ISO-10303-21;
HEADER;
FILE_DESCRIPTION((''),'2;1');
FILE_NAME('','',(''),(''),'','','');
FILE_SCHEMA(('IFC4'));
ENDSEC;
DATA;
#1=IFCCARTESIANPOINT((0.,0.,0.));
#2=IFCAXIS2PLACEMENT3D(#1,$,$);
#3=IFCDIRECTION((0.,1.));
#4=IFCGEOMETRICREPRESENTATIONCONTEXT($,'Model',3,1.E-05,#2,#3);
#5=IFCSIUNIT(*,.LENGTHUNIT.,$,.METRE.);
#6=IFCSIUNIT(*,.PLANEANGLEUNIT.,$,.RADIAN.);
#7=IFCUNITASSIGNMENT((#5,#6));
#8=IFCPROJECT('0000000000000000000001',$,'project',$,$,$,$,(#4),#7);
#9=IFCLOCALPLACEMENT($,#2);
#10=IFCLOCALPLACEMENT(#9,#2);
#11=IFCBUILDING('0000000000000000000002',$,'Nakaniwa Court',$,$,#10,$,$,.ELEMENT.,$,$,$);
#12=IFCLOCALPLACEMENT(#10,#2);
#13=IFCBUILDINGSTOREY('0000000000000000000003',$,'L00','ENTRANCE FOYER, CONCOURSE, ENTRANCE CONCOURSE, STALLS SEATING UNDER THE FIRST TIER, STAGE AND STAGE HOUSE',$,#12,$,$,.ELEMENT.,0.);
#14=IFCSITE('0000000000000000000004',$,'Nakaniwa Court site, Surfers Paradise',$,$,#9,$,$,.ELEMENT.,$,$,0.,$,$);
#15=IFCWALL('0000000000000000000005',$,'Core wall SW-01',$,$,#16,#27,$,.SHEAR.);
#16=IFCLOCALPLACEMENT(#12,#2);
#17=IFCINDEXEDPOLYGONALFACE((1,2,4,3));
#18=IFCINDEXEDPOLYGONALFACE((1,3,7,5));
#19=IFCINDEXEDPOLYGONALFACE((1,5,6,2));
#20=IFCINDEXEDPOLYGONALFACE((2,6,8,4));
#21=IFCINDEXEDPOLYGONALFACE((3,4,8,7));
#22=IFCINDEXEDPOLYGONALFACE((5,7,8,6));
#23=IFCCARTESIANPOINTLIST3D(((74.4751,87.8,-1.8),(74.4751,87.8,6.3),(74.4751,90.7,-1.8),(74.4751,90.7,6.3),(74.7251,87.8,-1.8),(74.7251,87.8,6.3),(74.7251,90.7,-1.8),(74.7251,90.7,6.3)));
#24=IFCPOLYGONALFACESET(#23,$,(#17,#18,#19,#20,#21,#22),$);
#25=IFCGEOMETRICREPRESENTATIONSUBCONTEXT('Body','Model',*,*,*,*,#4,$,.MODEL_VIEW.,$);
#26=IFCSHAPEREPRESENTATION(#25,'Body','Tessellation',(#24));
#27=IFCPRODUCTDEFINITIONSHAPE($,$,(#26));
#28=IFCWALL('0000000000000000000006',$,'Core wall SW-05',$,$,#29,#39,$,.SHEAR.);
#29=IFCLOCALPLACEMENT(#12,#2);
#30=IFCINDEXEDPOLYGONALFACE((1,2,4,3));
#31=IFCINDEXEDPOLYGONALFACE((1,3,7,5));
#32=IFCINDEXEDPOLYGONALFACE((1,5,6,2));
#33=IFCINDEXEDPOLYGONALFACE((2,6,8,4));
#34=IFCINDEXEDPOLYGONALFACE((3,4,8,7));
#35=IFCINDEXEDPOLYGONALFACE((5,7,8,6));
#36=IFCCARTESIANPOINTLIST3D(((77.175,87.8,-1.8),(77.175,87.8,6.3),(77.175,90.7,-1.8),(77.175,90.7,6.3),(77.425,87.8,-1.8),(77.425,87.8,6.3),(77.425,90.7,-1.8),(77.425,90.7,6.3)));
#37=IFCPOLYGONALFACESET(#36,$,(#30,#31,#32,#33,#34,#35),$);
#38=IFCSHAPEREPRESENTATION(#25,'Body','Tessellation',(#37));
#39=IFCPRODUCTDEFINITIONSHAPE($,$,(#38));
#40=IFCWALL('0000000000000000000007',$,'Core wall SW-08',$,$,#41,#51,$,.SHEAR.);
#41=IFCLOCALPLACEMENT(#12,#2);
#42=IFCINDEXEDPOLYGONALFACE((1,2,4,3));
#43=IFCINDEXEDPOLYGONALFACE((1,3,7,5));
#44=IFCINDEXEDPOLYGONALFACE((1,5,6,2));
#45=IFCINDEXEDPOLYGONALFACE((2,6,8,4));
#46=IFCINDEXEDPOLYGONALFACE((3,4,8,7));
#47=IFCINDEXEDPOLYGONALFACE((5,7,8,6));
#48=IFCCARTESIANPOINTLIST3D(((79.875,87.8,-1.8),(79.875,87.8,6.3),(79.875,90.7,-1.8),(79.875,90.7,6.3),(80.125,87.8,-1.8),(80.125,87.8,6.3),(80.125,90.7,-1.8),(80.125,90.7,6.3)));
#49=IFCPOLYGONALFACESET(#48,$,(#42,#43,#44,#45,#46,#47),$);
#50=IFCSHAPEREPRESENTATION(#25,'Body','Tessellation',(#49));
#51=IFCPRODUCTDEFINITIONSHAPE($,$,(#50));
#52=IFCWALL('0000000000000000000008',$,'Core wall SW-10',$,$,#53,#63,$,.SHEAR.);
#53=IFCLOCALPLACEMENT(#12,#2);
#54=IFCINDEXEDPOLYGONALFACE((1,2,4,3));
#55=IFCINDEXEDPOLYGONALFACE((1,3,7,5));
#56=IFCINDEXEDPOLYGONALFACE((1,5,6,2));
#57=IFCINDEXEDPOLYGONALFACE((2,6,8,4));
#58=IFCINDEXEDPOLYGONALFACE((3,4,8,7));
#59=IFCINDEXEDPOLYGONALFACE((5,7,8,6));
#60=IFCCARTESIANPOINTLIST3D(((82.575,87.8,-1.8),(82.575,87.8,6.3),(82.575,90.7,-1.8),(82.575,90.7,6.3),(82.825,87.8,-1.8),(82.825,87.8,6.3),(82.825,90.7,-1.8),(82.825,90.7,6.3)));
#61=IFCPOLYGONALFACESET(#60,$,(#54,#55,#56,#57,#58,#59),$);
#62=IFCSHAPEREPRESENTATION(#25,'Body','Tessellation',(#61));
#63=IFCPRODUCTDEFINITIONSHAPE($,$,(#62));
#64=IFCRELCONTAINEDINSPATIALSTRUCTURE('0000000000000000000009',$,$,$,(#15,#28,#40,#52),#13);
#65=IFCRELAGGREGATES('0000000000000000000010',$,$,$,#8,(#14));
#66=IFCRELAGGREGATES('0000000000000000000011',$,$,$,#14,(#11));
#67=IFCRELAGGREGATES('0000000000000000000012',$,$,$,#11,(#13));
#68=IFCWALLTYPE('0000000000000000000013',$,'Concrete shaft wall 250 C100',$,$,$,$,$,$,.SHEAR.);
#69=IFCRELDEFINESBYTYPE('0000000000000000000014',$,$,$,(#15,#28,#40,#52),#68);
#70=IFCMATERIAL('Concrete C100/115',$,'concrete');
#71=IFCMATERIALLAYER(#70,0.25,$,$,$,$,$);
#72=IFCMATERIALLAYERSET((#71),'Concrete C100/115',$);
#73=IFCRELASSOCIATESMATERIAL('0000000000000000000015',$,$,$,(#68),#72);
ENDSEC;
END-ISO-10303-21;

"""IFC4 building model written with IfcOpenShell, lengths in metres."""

from ifc_helpers import new_model, si_unit, direction, frame, frame_2d, origin, place, context, subcontext, project, spatial, rectangle, extrude, material, layer, layer_set, type_object, element, save


model = new_model("IFC4")

# Units and contexts
model_context = context("Model", 3, precision=1e-05, world=origin(), true_north=direction((0.0, 1.0)))
body_context = subcontext(model_context, "Body", "Model", "MODEL_VIEW")
ifc_project = project(units=[si_unit("LENGTHUNIT", "METRE"), si_unit("PLANEANGLEUNIT", "RADIAN")], contexts=[model_context])

# Site, building, storey
site_placement = place(None, origin())
site = spatial("IfcSite", under=ifc_project, at=site_placement, Name="Nakaniwa Court site, Surfers Paradise", CompositionType="ELEMENT", RefElevation=0.0)
building_placement = place(site_placement, origin())
building = spatial("IfcBuilding", under=site, at=building_placement, Name="Nakaniwa Court", CompositionType="ELEMENT")
storey_placement = place(building_placement, origin())
storey = spatial("IfcBuildingStorey", under=building, at=storey_placement, Name="L00", Description="ENTRANCE FOYER, CONCOURSE, ENTRANCE CONCOURSE, STALLS SEATING UNDER THE FIRST TIER, STAGE AND STAGE HOUSE", CompositionType="ELEMENT", Elevation=0.0)

# Shared definitions
ifc_material_1 = material(Name="Concrete C100/115", Category="concrete")

# Walls
ifc_layer_1 = layer(ifc_material_1, 0.25)
ifc_layer_set_1 = layer_set([ifc_layer_1], Name="Concrete C100/115")
wall_type_1 = type_object("IfcWallType", Name="Concrete shaft wall 250 C100", PredefinedType="SHEAR", material=ifc_layer_set_1)
for number, where, z_axis, x_axis, name in (
    (1, (74.6001, 87.8, -1.8), (0.0, 0.0, 1.0), (0.0, 1.0, 0.0), "Core wall SW-01"),
    (2, (77.3, 87.8, -1.8), (0.0, 0.0, 1.0), (0.0, 1.0, 0.0), "Core wall SW-05"),
    (3, (80.0, 87.8, -1.8), (0.0, 0.0, 1.0), (0.0, 1.0, 0.0), "Core wall SW-08"),
    (4, (82.7, 87.8, -1.8), (0.0, 0.0, 1.0), (0.0, 1.0, 0.0), "Core wall SW-10"),
):
    element("IfcWall", number, at=place(storey_placement, frame(where, z_axis=z_axis, x_axis=x_axis)), inside=storey, type_object=wall_type_1, Name=name, PredefinedType="SHEAR", context=body_context, shape_type="SweptSolid", body=[
        extrude(rectangle(XDim=2.8999, YDim=0.25, at=frame_2d((1.45, 0.0))), origin(), (0.0, 0.0, 1.0), 8.1001),
    ])

save(model, "model.ifc")
